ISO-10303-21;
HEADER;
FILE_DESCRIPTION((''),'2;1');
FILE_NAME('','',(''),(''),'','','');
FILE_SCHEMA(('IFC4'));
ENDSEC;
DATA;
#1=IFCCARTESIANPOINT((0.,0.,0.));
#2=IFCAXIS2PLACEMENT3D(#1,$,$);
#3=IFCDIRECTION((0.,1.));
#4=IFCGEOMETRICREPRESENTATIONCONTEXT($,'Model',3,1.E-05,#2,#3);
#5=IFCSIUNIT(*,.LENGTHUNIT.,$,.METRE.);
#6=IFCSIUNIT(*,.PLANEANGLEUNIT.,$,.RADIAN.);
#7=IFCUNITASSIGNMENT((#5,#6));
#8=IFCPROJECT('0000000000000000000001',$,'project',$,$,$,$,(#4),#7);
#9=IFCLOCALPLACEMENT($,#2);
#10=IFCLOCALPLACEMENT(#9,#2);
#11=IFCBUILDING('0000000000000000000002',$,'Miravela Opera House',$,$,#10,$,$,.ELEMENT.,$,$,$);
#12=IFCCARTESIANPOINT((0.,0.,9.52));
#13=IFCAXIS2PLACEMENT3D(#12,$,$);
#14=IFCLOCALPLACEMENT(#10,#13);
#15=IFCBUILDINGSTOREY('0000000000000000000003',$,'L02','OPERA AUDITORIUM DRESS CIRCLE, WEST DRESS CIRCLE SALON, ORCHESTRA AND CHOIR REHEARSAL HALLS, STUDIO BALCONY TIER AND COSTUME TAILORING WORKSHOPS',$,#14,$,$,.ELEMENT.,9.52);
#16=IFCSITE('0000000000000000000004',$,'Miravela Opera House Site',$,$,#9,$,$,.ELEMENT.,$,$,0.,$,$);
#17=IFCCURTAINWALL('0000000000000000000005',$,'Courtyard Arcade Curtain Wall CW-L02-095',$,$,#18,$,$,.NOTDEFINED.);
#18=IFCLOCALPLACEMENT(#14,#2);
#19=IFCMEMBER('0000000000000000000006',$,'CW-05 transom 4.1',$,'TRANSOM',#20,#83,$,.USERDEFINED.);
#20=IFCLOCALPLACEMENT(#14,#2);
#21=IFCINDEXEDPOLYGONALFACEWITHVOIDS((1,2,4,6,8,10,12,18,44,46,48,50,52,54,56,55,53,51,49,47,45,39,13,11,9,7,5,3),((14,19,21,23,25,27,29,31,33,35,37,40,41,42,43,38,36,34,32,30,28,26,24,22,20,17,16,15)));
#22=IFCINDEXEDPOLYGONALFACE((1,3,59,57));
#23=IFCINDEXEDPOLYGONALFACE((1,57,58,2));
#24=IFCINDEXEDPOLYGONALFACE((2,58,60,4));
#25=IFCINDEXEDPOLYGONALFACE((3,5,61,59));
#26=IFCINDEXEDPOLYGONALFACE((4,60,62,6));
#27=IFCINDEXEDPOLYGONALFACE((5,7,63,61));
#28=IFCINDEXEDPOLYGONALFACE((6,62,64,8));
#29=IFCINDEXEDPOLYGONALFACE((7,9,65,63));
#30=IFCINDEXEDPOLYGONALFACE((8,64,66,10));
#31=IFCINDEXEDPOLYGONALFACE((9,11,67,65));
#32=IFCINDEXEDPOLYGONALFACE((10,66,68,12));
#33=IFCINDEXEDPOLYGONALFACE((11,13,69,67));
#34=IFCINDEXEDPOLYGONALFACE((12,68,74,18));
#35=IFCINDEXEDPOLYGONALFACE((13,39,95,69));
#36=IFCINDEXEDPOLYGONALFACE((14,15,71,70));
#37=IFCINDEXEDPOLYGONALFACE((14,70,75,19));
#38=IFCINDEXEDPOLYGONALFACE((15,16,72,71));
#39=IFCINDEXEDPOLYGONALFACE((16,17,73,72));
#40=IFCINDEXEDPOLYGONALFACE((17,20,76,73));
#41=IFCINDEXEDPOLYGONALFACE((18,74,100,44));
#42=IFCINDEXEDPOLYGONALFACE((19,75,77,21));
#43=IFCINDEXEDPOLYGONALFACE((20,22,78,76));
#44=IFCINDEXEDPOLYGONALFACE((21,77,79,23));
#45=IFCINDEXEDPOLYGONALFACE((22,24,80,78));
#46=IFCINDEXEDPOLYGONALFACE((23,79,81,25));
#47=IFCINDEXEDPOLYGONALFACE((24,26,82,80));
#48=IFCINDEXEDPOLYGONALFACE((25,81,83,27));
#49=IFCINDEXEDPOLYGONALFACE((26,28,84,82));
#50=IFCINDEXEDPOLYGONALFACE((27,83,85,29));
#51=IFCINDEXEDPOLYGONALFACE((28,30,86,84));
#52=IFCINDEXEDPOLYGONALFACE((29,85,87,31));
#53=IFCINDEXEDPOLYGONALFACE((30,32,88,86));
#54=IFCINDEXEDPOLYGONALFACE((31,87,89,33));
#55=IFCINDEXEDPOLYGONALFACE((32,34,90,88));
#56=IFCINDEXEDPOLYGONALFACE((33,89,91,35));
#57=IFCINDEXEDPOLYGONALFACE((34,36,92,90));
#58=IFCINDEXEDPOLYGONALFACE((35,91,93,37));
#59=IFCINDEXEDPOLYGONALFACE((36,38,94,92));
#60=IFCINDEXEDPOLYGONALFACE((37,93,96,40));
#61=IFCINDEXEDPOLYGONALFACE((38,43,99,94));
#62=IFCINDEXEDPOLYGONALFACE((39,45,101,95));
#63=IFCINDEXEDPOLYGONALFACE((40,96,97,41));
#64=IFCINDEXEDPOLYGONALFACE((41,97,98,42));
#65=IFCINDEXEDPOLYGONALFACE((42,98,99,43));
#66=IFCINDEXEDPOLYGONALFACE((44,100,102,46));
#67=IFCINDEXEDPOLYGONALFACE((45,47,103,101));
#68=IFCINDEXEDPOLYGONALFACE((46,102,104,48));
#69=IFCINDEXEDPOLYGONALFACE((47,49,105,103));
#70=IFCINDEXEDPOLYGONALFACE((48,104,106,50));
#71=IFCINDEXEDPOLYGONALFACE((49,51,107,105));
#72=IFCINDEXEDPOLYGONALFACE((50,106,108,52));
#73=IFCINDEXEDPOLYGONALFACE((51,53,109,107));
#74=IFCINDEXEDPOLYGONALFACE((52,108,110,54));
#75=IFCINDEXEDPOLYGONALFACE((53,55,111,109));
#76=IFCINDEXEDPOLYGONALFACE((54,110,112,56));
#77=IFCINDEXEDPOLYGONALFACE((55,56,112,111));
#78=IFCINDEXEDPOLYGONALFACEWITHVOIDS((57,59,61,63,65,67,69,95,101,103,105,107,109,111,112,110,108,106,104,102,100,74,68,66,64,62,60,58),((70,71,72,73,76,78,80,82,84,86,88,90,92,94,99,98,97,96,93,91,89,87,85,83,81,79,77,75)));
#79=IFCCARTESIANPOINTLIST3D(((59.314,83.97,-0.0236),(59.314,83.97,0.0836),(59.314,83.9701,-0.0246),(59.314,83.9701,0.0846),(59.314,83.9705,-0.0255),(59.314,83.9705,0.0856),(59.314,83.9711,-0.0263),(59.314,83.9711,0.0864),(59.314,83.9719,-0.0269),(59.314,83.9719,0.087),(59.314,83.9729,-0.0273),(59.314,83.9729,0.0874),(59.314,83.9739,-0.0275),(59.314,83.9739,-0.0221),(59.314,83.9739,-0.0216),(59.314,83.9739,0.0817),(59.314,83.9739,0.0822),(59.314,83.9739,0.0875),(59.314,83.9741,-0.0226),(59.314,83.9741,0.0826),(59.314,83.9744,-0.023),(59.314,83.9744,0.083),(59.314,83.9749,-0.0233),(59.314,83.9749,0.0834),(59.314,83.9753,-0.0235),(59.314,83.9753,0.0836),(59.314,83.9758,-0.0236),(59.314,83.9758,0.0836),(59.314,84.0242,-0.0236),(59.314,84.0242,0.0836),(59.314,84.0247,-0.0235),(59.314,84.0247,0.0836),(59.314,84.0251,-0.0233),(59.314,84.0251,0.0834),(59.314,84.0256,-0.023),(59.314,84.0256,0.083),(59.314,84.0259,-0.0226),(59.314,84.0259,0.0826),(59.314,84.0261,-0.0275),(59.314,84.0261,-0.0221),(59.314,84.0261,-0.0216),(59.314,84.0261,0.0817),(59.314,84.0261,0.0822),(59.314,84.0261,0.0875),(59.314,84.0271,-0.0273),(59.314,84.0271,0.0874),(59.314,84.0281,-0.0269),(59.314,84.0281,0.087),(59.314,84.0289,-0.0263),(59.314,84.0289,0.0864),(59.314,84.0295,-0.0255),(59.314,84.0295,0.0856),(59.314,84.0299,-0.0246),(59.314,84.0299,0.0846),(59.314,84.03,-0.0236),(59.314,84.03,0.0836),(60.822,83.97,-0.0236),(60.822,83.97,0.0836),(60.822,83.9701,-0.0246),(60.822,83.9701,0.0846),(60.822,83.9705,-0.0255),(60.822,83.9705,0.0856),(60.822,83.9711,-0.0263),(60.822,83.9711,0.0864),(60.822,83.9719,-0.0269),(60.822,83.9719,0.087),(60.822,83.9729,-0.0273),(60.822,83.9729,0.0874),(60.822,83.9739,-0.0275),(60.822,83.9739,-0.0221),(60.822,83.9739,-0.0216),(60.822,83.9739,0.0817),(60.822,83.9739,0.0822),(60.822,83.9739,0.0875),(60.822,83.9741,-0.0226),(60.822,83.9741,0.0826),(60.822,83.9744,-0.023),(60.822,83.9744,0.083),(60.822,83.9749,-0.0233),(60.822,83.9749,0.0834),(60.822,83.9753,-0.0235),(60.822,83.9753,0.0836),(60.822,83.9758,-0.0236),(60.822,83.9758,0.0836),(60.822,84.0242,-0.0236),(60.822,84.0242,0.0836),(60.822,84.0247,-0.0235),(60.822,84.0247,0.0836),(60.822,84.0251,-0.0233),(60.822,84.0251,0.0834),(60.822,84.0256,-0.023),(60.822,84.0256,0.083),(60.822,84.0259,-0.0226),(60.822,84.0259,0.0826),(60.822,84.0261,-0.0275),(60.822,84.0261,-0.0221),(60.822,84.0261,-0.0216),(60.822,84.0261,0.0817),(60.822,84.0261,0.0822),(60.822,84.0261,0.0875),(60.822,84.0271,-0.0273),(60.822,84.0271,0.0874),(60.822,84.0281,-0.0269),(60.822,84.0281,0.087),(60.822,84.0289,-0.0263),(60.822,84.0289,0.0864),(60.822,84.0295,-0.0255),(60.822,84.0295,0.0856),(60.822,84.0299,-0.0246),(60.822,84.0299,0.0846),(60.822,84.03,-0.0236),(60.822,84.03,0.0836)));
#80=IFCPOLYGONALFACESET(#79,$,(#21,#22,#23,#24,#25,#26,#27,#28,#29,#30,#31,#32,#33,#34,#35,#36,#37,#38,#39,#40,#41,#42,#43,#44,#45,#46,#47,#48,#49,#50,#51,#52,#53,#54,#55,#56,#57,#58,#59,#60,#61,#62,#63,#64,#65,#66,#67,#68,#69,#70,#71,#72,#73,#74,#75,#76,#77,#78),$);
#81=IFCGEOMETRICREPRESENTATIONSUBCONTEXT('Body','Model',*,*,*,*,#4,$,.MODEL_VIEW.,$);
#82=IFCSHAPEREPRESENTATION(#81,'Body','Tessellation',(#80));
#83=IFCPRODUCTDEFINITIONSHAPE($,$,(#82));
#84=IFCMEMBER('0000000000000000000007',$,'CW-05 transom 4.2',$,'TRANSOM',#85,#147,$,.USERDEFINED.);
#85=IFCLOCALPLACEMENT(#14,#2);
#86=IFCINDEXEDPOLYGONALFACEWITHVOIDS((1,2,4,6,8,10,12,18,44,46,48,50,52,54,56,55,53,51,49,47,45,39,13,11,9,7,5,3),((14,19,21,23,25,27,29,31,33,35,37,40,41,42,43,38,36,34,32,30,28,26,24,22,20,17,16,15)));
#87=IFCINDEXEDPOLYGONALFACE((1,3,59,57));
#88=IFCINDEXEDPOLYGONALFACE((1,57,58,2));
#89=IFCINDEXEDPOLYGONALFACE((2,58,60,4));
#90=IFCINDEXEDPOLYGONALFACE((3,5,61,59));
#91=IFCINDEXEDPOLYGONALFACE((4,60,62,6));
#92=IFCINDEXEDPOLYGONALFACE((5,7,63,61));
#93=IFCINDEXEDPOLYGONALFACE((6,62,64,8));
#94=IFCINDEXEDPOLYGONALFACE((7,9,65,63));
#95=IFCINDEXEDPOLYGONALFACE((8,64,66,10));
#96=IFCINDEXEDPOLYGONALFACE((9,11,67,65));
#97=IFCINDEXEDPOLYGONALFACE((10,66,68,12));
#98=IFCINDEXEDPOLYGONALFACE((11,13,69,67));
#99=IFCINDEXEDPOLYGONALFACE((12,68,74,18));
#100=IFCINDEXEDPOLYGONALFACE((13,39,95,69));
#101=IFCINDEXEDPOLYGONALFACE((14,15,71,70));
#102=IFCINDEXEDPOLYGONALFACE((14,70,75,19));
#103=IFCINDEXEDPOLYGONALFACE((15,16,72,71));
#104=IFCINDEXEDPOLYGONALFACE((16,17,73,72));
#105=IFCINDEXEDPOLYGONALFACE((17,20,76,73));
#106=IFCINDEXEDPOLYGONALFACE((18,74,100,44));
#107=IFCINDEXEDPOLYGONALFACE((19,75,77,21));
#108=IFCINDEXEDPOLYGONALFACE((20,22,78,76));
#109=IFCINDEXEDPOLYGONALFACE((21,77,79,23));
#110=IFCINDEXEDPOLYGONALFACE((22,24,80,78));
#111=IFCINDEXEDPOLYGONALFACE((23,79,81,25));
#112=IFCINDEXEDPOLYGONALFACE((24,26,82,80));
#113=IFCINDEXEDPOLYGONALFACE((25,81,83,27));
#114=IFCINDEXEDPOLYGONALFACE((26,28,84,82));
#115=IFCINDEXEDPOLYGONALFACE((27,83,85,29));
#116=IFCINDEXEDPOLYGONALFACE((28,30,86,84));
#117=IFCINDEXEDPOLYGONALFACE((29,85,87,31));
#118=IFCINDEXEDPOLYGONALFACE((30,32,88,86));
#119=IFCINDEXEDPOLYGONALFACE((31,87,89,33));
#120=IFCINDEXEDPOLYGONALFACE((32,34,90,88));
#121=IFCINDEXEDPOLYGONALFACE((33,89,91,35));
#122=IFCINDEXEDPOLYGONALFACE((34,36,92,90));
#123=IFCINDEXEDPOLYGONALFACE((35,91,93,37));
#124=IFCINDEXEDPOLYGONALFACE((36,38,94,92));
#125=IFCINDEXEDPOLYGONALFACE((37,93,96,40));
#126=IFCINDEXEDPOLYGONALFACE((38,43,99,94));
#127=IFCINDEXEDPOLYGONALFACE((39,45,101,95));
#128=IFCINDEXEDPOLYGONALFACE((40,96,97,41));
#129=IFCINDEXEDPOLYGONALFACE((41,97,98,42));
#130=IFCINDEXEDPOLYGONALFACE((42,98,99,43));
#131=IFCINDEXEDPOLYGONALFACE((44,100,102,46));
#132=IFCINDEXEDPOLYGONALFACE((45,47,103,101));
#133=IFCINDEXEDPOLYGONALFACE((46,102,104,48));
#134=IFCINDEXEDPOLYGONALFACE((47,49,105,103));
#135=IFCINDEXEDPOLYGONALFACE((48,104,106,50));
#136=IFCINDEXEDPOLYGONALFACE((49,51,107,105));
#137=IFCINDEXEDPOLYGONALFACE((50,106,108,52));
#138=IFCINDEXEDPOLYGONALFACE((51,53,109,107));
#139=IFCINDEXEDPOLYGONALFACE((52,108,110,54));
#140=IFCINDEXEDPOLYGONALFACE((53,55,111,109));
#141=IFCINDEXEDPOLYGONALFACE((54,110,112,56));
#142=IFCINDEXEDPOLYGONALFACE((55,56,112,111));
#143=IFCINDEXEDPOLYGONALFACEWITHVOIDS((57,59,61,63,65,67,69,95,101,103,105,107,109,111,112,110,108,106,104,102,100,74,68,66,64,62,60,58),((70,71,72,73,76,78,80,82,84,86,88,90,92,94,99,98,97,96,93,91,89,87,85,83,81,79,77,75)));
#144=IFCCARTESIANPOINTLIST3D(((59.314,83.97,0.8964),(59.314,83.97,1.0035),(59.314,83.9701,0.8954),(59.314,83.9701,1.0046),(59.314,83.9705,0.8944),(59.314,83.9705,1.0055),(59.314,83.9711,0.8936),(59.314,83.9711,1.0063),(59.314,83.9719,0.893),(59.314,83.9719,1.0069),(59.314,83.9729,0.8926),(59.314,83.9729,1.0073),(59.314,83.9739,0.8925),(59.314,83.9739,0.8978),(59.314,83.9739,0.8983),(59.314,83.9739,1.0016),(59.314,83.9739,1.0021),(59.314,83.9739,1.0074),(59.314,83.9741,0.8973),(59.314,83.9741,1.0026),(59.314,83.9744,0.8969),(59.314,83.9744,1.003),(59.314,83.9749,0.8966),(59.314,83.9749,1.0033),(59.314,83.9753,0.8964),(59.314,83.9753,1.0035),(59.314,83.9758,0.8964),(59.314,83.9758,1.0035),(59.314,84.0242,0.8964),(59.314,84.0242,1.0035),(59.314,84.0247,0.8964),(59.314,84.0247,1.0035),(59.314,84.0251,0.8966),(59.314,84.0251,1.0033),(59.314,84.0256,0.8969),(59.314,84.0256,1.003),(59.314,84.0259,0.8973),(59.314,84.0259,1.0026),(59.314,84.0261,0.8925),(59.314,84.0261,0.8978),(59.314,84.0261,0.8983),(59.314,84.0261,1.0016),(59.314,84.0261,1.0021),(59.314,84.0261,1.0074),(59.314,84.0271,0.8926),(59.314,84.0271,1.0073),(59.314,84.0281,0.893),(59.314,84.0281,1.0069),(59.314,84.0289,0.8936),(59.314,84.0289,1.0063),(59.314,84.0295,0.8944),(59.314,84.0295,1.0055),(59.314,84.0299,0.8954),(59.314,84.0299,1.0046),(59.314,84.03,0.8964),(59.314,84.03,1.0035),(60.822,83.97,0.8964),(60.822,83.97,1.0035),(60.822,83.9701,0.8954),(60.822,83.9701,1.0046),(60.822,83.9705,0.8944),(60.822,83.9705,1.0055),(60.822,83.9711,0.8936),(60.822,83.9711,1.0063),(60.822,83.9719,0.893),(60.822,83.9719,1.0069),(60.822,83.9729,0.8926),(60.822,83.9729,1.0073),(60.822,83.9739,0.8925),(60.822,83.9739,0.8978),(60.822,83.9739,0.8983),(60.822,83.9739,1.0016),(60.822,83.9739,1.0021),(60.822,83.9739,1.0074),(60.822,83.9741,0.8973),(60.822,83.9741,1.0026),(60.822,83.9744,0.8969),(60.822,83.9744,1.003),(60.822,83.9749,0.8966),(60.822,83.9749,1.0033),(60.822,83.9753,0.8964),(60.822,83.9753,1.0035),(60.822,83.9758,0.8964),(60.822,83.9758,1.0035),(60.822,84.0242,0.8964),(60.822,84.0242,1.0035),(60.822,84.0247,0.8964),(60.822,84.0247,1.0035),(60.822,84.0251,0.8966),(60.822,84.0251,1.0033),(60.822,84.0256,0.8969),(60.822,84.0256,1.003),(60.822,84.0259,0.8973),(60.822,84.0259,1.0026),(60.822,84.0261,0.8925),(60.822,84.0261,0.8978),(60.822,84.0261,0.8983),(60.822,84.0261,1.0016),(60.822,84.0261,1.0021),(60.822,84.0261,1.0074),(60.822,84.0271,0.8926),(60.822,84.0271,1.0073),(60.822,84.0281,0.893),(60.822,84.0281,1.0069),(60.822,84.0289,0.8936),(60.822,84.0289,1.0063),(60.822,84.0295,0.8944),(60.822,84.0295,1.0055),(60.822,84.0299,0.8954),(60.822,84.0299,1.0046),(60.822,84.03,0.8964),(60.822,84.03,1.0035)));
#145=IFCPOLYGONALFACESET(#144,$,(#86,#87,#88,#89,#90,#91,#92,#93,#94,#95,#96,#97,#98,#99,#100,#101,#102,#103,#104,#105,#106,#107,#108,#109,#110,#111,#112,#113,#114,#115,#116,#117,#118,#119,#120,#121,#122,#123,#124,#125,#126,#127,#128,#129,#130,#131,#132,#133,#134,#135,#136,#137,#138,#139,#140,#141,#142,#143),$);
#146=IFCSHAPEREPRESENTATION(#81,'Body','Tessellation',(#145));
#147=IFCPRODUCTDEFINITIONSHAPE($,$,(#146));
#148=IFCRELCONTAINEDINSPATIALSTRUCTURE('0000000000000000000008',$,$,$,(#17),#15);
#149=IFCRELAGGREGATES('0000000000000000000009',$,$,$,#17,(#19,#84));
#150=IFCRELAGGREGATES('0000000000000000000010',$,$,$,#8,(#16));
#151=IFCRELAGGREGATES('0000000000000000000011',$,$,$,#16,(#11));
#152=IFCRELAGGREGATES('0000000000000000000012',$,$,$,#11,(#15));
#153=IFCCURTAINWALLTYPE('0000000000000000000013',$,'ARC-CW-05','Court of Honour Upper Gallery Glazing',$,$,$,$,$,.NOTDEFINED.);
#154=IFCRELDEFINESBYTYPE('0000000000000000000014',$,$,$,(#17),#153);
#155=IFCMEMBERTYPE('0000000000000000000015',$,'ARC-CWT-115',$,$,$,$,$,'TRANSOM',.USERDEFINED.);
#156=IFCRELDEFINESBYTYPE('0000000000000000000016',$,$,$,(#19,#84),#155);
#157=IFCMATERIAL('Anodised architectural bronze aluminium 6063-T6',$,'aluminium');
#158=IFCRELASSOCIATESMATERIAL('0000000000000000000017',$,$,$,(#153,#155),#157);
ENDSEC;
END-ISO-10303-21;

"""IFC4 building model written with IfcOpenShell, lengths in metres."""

from ifc_helpers import new_model, si_unit, direction, frame, origin, origin_2d, place, context, subcontext, project, spatial, hollow_rectangle, extrude, material, material_profile, profile_set, type_object, element, aggregate, save


model = new_model("IFC4")

# Units and contexts
model_context = context("Model", 3, precision=1e-05, world=origin(), true_north=direction((0.0, 1.0)))
body_context = subcontext(model_context, "Body", "Model", "MODEL_VIEW")
ifc_project = project(units=[si_unit("LENGTHUNIT", "METRE"), si_unit("PLANEANGLEUNIT", "RADIAN")], contexts=[model_context])

# Site, building, storey
site_placement = place(None, origin())
site = spatial("IfcSite", under=ifc_project, at=site_placement, Name="Miravela Opera House Site", CompositionType="ELEMENT", RefElevation=0.0)
building_placement = place(site_placement, origin())
building = spatial("IfcBuilding", under=site, at=building_placement, Name="Miravela Opera House", CompositionType="ELEMENT")
storey_placement = place(building_placement, frame((0.0, 0.0, 9.52)))
storey = spatial("IfcBuildingStorey", under=building, at=storey_placement, Name="L02", Description="OPERA AUDITORIUM DRESS CIRCLE, WEST DRESS CIRCLE SALON, ORCHESTRA AND CHOIR REHEARSAL HALLS, STUDIO BALCONY TIER AND COSTUME TAILORING WORKSHOPS", CompositionType="ELEMENT", Elevation=9.52)

# Curtain wall
ifc_material_1 = material(Name="Anodised architectural bronze aluminium 6063-T6", Category="aluminium")
curtain_wall_type = type_object("IfcCurtainWallType", Name="ARC-CW-05", Description="Court of Honour Upper Gallery Glazing", PredefinedType="NOTDEFINED", material=ifc_material_1)
curtain_wall_1_placement = place(storey_placement, origin())
curtain_wall_1 = element("IfcCurtainWall", 1, at=curtain_wall_1_placement, inside=storey, type_object=curtain_wall_type, Name="Courtyard Arcade Curtain Wall CW-L02-095", PredefinedType="NOTDEFINED")

# Members
ifc_material_profile_1 = material_profile(ifc_material_1, hollow_rectangle(XDim=0.0601, YDim=0.115, WallThickness=0.0039, InnerFilletRadius=0.002, OuterFilletRadius=0.0039, at=origin_2d()), Name="CWT-60X115")
ifc_profile_set_1 = profile_set([ifc_material_profile_1])
member_type_1 = type_object("IfcMemberType", Name="ARC-CWT-115", ElementType="TRANSOM", PredefinedType="USERDEFINED", material=ifc_profile_set_1)
member_1_placement = place(storey_placement, frame((59.314, 84.0, 0.03), z_axis=(1.0, 0.0, 0.0), x_axis=(0.0, 1.0, 0.0)))
member_1 = element("IfcMember", 2, at=member_1_placement, type_object=member_type_1, Name="CW-05 transom 4.1", ObjectType="TRANSOM", PredefinedType="USERDEFINED", context=body_context, shape_type="SweptSolid", body=[
    extrude(hollow_rectangle(XDim=0.0601, YDim=0.115, WallThickness=0.0039, InnerFilletRadius=0.002, OuterFilletRadius=0.0039, at=origin_2d()), origin(), (0.0, 0.0, 1.0), 1.5081),
])
member_2_placement = place(storey_placement, frame((59.314, 84.0, 0.95), z_axis=(1.0, 0.0, 0.0), x_axis=(0.0, 1.0, 0.0)))
member_2 = element("IfcMember", 3, at=member_2_placement, type_object=member_type_1, Name="CW-05 transom 4.2", ObjectType="TRANSOM", PredefinedType="USERDEFINED", context=body_context, shape_type="SweptSolid", body=[
    extrude(hollow_rectangle(XDim=0.0601, YDim=0.115, WallThickness=0.0039, InnerFilletRadius=0.002, OuterFilletRadius=0.0039, at=origin_2d()), origin(), (0.0, 0.0, 1.0), 1.5081),
])

aggregate(curtain_wall_1, [member_1, member_2])

save(model, "model.ifc")
